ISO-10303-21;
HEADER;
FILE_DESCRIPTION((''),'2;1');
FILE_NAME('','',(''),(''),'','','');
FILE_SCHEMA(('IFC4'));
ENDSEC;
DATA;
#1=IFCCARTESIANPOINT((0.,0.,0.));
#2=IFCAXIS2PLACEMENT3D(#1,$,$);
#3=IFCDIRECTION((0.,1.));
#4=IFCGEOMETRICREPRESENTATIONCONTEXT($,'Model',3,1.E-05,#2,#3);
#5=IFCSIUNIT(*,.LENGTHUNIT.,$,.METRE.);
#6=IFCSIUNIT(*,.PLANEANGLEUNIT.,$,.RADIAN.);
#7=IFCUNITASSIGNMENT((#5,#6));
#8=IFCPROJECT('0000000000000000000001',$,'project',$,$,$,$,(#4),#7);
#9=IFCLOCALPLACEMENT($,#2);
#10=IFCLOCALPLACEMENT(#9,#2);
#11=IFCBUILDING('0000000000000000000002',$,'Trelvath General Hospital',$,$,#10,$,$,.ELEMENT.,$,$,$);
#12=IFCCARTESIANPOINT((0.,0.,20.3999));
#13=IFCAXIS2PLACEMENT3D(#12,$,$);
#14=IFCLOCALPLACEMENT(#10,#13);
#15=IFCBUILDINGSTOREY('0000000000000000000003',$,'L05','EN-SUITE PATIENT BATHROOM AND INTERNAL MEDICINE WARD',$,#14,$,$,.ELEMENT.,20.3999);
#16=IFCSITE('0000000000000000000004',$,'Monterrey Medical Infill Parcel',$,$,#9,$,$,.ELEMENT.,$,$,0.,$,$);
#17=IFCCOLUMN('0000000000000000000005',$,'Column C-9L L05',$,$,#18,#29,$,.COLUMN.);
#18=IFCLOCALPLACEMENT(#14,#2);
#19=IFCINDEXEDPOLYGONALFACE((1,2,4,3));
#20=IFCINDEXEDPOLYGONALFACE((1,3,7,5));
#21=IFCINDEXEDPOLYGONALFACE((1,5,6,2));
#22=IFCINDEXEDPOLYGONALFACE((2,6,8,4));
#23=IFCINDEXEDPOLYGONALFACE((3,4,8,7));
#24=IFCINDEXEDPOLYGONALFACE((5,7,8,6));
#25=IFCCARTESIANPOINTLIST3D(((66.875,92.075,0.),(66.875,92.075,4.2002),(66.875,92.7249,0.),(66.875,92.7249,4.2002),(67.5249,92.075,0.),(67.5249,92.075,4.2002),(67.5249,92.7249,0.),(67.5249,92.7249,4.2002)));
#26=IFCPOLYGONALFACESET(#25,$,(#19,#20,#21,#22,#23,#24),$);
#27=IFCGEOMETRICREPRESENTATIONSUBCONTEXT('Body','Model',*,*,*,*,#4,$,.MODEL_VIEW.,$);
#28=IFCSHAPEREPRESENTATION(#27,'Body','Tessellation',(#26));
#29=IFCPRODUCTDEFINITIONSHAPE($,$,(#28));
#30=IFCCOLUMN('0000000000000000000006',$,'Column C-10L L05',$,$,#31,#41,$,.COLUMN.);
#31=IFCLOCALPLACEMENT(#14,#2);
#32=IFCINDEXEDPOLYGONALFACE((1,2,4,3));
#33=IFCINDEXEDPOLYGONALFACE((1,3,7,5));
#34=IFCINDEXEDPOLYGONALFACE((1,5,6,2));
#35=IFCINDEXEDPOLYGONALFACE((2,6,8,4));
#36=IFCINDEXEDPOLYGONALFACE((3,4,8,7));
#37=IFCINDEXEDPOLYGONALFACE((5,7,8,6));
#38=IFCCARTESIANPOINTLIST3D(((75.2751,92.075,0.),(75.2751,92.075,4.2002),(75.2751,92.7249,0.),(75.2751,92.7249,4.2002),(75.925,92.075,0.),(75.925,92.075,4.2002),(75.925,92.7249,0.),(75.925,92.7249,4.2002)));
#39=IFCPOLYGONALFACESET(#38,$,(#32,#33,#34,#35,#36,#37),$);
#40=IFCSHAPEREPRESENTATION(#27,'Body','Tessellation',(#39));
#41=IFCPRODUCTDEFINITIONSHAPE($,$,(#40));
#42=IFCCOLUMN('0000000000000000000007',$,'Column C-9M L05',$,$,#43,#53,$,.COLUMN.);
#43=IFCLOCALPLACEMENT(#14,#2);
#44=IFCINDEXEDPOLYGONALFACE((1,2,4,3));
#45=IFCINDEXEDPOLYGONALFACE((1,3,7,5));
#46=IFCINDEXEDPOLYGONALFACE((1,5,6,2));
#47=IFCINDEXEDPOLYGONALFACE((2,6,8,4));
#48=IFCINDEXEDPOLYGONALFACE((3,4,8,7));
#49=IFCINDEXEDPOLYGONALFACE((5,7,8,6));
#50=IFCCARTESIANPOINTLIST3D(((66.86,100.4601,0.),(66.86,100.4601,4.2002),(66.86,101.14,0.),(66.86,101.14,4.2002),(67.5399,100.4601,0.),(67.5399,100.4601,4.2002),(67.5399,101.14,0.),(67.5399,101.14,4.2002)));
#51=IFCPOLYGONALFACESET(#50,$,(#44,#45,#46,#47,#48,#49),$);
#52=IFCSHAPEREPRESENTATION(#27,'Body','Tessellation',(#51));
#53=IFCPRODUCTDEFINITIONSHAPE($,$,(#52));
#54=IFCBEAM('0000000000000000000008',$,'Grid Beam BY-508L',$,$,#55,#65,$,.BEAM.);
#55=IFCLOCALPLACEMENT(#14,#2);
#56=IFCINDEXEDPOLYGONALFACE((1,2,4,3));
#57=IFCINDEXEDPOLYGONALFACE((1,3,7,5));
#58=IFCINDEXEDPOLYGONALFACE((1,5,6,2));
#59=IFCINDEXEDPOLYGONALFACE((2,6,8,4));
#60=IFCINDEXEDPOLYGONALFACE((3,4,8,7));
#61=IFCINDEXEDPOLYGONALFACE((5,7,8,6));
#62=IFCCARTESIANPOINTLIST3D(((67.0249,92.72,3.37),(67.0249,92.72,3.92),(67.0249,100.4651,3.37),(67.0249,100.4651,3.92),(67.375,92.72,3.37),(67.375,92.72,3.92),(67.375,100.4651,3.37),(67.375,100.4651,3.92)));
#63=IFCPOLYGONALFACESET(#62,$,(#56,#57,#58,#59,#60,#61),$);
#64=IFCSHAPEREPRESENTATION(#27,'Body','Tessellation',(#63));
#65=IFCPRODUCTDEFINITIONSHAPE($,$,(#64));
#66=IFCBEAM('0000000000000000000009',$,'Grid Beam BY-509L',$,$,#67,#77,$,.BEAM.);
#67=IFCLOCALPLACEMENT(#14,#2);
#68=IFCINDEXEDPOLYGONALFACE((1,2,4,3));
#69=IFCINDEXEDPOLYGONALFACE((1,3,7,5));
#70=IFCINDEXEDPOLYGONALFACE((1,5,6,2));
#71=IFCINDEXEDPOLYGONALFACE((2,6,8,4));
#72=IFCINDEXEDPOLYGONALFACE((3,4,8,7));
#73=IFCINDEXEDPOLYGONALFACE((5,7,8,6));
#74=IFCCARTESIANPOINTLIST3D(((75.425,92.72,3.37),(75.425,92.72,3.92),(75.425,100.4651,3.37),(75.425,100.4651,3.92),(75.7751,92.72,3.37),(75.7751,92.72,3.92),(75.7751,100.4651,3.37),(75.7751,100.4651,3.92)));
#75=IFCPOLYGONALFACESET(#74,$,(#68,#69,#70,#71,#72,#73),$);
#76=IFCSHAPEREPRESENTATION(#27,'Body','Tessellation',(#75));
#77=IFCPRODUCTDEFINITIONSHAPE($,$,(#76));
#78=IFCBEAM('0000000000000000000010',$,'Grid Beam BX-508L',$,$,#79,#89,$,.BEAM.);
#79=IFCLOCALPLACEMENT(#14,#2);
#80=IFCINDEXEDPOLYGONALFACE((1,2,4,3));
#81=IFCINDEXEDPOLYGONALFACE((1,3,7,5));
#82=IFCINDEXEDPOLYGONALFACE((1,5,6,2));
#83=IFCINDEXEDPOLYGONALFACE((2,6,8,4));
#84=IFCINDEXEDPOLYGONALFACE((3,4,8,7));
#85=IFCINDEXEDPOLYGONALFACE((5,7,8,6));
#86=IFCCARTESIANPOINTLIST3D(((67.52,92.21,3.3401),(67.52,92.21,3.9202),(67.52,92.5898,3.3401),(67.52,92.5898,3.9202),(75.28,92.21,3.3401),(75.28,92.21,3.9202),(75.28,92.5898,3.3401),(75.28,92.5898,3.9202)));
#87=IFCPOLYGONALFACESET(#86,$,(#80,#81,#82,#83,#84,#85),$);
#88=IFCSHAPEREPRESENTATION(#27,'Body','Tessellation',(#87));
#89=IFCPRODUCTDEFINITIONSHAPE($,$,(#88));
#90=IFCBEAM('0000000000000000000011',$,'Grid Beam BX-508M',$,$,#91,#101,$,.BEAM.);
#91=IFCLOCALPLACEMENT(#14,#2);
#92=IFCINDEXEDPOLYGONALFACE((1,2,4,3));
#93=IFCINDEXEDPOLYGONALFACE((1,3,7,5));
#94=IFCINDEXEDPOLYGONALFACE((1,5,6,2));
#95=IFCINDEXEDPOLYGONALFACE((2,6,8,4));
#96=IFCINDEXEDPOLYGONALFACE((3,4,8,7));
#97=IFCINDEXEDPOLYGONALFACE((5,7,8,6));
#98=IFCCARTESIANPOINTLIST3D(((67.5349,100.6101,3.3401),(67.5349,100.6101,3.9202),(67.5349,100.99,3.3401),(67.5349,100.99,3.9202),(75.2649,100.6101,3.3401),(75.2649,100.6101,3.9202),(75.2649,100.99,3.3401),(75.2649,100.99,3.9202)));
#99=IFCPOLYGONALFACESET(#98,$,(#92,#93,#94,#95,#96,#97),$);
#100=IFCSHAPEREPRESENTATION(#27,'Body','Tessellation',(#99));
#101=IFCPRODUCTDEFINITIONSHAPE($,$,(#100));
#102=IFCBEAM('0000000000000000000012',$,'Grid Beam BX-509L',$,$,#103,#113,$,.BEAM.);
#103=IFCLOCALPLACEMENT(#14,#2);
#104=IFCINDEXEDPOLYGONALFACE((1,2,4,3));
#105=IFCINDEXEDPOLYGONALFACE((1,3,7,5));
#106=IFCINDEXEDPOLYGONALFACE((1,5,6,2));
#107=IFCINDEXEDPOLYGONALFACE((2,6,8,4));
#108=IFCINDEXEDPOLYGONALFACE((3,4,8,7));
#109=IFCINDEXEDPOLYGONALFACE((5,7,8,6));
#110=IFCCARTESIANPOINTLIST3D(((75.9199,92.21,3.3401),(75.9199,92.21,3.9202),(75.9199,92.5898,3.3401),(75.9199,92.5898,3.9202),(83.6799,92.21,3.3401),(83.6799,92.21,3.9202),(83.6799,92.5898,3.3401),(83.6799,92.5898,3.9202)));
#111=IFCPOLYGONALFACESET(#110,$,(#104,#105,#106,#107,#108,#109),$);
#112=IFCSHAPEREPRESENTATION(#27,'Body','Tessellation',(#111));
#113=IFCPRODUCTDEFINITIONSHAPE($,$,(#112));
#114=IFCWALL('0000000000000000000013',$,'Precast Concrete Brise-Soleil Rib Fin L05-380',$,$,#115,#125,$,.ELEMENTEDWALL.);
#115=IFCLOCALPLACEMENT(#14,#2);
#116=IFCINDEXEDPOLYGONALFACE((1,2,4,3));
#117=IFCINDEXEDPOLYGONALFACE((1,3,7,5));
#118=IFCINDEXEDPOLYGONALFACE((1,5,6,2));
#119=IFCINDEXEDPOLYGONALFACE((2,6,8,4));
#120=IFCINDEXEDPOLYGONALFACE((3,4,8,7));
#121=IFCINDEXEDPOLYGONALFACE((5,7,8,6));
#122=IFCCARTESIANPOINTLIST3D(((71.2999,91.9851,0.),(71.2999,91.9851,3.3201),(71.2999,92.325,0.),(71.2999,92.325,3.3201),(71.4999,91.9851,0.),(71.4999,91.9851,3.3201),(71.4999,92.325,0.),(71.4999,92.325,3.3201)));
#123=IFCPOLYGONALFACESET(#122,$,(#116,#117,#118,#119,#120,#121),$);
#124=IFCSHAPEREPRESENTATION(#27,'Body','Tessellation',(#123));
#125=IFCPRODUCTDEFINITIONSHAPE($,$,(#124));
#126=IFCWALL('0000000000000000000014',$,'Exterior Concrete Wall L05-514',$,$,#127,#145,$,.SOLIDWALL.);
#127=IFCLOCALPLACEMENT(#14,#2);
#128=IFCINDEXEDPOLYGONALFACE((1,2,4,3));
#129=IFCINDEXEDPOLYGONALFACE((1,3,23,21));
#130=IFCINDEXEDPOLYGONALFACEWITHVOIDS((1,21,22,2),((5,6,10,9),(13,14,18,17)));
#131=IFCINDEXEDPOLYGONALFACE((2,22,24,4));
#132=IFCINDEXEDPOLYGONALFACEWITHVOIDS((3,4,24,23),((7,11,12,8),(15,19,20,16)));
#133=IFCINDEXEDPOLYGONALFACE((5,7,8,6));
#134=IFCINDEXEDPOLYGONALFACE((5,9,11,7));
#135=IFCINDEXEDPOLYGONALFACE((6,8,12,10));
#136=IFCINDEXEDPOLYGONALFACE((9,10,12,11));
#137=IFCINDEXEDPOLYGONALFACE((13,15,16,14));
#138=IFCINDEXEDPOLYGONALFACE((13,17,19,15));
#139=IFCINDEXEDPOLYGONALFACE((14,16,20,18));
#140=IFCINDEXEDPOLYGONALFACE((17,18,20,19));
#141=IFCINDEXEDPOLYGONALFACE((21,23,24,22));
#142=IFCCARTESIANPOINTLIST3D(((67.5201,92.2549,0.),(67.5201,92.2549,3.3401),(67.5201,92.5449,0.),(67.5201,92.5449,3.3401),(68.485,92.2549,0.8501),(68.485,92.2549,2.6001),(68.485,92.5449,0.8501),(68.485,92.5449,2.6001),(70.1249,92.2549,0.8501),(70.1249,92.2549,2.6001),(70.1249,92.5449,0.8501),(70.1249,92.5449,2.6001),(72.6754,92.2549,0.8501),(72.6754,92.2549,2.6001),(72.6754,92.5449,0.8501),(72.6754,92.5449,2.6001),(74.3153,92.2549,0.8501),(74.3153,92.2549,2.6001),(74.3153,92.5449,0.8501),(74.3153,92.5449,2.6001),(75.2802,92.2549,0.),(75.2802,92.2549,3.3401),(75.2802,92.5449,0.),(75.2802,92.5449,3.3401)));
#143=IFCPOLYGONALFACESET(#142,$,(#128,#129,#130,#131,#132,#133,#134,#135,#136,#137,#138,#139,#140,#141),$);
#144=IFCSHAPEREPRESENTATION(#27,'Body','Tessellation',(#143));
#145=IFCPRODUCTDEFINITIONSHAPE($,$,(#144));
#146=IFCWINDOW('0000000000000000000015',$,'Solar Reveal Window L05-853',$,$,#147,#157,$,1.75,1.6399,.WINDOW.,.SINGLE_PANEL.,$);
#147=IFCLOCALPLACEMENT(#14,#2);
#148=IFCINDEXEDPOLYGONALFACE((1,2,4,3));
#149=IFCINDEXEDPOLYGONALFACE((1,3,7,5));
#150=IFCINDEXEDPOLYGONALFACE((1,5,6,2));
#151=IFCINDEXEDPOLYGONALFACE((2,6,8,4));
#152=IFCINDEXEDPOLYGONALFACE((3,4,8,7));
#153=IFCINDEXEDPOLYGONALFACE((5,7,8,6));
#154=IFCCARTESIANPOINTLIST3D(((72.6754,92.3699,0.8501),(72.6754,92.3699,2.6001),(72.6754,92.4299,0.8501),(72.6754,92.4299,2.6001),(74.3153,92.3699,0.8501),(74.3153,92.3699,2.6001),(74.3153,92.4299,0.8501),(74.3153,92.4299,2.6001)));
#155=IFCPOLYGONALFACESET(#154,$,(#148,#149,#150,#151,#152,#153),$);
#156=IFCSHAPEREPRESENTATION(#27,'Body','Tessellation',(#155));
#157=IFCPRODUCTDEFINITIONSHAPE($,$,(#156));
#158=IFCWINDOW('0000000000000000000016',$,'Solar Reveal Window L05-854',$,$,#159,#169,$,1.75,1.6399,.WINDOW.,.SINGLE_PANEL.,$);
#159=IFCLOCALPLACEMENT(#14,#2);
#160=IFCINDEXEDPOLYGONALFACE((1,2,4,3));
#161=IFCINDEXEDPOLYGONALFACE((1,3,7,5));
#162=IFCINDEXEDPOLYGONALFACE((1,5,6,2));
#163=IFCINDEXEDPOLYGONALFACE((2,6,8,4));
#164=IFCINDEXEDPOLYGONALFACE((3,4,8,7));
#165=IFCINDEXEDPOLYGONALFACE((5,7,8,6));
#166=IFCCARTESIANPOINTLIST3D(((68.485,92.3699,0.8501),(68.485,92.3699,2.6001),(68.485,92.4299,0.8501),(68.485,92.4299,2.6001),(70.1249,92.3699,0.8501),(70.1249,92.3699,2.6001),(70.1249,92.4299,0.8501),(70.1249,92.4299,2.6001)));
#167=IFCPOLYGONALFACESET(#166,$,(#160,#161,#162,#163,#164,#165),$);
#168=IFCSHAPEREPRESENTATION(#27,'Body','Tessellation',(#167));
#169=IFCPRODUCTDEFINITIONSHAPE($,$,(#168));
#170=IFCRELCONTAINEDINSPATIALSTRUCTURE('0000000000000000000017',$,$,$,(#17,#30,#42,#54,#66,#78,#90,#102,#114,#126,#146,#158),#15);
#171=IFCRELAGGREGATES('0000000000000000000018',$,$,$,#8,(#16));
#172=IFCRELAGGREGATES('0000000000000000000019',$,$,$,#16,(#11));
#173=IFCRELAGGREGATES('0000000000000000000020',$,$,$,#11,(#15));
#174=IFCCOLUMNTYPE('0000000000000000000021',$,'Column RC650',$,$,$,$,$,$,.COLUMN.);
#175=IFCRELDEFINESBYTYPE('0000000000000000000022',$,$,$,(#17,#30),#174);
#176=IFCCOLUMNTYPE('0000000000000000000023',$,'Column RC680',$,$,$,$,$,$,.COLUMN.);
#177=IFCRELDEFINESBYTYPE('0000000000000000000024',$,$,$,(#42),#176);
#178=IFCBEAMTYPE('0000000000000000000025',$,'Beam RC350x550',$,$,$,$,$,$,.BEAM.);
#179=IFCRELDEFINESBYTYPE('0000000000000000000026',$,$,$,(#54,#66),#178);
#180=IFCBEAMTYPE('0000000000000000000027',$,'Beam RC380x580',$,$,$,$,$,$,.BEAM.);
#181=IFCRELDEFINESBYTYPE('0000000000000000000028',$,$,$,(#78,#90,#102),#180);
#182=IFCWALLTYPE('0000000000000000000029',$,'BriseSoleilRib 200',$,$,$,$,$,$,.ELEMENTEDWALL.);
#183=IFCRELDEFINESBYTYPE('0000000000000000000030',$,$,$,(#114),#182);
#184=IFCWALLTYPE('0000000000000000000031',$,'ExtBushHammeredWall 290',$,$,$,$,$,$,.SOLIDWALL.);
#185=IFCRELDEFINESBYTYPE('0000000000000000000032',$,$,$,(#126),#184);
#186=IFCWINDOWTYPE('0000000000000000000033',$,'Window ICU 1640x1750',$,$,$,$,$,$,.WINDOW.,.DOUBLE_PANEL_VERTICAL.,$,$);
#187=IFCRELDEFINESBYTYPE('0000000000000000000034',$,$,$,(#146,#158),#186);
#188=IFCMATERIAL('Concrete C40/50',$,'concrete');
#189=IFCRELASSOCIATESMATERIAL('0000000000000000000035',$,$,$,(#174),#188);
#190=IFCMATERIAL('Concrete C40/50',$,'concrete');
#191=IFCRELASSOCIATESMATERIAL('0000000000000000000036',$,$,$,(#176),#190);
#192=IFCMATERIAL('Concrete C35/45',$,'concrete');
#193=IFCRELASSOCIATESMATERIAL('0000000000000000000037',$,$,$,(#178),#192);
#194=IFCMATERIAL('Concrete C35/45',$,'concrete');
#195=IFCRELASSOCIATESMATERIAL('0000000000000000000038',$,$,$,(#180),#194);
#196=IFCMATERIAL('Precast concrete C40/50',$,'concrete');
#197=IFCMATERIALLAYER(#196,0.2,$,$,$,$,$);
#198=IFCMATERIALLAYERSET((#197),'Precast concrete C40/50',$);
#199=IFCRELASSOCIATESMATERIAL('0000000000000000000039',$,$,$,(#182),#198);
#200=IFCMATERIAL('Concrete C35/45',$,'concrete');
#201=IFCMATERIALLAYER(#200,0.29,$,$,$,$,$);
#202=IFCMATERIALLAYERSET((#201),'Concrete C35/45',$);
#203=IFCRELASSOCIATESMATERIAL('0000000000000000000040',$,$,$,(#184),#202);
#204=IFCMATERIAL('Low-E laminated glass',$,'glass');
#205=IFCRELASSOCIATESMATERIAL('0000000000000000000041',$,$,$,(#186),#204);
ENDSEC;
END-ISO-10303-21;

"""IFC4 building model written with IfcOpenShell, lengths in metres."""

from ifc_helpers import new_model, si_unit, direction, frame, frame_2d, origin, origin_2d, place, context, subcontext, project, spatial, rectangle, extrude, material, layer, layer_set, material_profile, profile_set, type_object, element, fill, save


model = new_model("IFC4")

# Units and contexts
model_context = context("Model", 3, precision=1e-05, world=origin(), true_north=direction((0.0, 1.0)))
body_context = subcontext(model_context, "Body", "Model", "MODEL_VIEW")
ifc_project = project(units=[si_unit("LENGTHUNIT", "METRE"), si_unit("PLANEANGLEUNIT", "RADIAN")], contexts=[model_context])

# Site, building, storey
site_placement = place(None, origin())
site = spatial("IfcSite", under=ifc_project, at=site_placement, Name="Monterrey Medical Infill Parcel", CompositionType="ELEMENT", RefElevation=0.0)
building_placement = place(site_placement, origin())
building = spatial("IfcBuilding", under=site, at=building_placement, Name="Trelvath General Hospital", CompositionType="ELEMENT")
storey_placement = place(building_placement, frame((0.0, 0.0, 20.3999)))
storey = spatial("IfcBuildingStorey", under=building, at=storey_placement, Name="L05", Description="EN-SUITE PATIENT BATHROOM AND INTERNAL MEDICINE WARD", CompositionType="ELEMENT", Elevation=20.3999)

# Columns
ifc_material_1 = material(Name="Concrete C40/50", Category="concrete")
ifc_material_profile_1 = material_profile(ifc_material_1, rectangle(XDim=0.6499, YDim=0.6499, at=origin_2d()), Name="RC650x650")
ifc_profile_set_1 = profile_set([ifc_material_profile_1], Name="Concrete C40/50")
column_type_1 = type_object("IfcColumnType", Name="Column RC650", PredefinedType="COLUMN", material=ifc_profile_set_1)
for number, where, z_axis, x_axis, name in (
    (1, (67.2, 92.3999, 0.0), (0.0, 0.0, 1.0), (1.0, 0.0, 0.0), "Column C-9L L05"),
    (2, (75.6001, 92.3999, 0.0), (0.0, 0.0, 1.0), (1.0, 0.0, 0.0), "Column C-10L L05"),
):
    element("IfcColumn", number, at=place(storey_placement, frame(where, z_axis=z_axis, x_axis=x_axis)), inside=storey, type_object=column_type_1, Name=name, PredefinedType="COLUMN", context=body_context, shape_type="SweptSolid", body=[
        extrude(rectangle(XDim=0.6499, YDim=0.6499, at=origin_2d()), origin(), (0.0, 0.0, 1.0), 4.2002),
    ])
ifc_material_2 = material(Name="Concrete C40/50", Category="concrete")
ifc_material_profile_2 = material_profile(ifc_material_2, rectangle(XDim=0.6799, YDim=0.6799, at=origin_2d()), Name="RC680x680")
ifc_profile_set_2 = profile_set([ifc_material_profile_2], Name="Concrete C40/50")
column_type_2 = type_object("IfcColumnType", Name="Column RC680", PredefinedType="COLUMN", material=ifc_profile_set_2)
column_placement = place(storey_placement, frame((67.2, 100.8, 0.0), z_axis=(0.0, 0.0, 1.0), x_axis=(1.0, 0.0, 0.0)))
element("IfcColumn", 3, at=column_placement, inside=storey, type_object=column_type_2, Name="Column C-9M L05", PredefinedType="COLUMN", context=body_context, shape_type="SweptSolid", body=[
    extrude(rectangle(XDim=0.6799, YDim=0.6799, at=origin_2d()), origin(), (0.0, 0.0, 1.0), 4.2002),
])

# Beams
ifc_material_3 = material(Name="Concrete C35/45", Category="concrete")
ifc_material_profile_3 = material_profile(ifc_material_3, rectangle(XDim=0.3501, YDim=0.55, at=origin_2d()), Name="RCB350x550")
ifc_profile_set_3 = profile_set([ifc_material_profile_3], Name="Concrete C35/45")
beam_type_1 = type_object("IfcBeamType", Name="Beam RC350x550", PredefinedType="BEAM", material=ifc_profile_set_3)
for number, where, z_axis, x_axis, name in (
    (4, (67.2, 92.72, 3.645), (0.0, 1.0, 0.0), (-1.0, 0.0, 0.0), "Grid Beam BY-508L"),
    (5, (75.6001, 92.72, 3.645), (0.0, 1.0, 0.0), (-1.0, 0.0, 0.0), "Grid Beam BY-509L"),
):
    element("IfcBeam", number, at=place(storey_placement, frame(where, z_axis=z_axis, x_axis=x_axis)), inside=storey, type_object=beam_type_1, Name=name, PredefinedType="BEAM", context=body_context, shape_type="SweptSolid", body=[
        extrude(rectangle(XDim=0.3501, YDim=0.55, at=origin_2d()), origin(), (0.0, 0.0, 1.0), 7.7451),
    ])
ifc_material_4 = material(Name="Concrete C35/45", Category="concrete")
ifc_material_profile_4 = material_profile(ifc_material_4, rectangle(XDim=0.3799, YDim=0.5801, at=origin_2d()), Name="RCB380x580")
ifc_profile_set_4 = profile_set([ifc_material_profile_4], Name="Concrete C35/45")
beam_type_2 = type_object("IfcBeamType", Name="Beam RC380x580", PredefinedType="BEAM", material=ifc_profile_set_4)
beam_1_placement = place(storey_placement, frame((67.52, 92.3999, 3.6301), z_axis=(1.0, 0.0, 0.0), x_axis=(0.0, 1.0, 0.0)))
element("IfcBeam", 6, at=beam_1_placement, inside=storey, type_object=beam_type_2, Name="Grid Beam BX-508L", PredefinedType="BEAM", context=body_context, shape_type="SweptSolid", body=[
    extrude(rectangle(XDim=0.3799, YDim=0.5801, at=origin_2d()), origin(), (0.0, 0.0, 1.0), 7.76),
])
beam_2_placement = place(storey_placement, frame((67.5349, 100.8, 3.6301), z_axis=(1.0, 0.0, 0.0), x_axis=(0.0, 1.0, 0.0)))
element("IfcBeam", 7, at=beam_2_placement, inside=storey, type_object=beam_type_2, Name="Grid Beam BX-508M", PredefinedType="BEAM", context=body_context, shape_type="SweptSolid", body=[
    extrude(rectangle(XDim=0.3799, YDim=0.5801, at=origin_2d()), origin(), (0.0, 0.0, 1.0), 7.73),
])
beam_3_placement = place(storey_placement, frame((75.9199, 92.3999, 3.6301), z_axis=(1.0, 0.0, 0.0), x_axis=(0.0, 1.0, 0.0)))
element("IfcBeam", 8, at=beam_3_placement, inside=storey, type_object=beam_type_2, Name="Grid Beam BX-509L", PredefinedType="BEAM", context=body_context, shape_type="SweptSolid", body=[
    extrude(rectangle(XDim=0.3799, YDim=0.5801, at=origin_2d()), origin(), (0.0, 0.0, 1.0), 7.76),
])

# Wall
ifc_material_5 = material(Name="Precast concrete C40/50", Category="concrete")
ifc_layer_1 = layer(ifc_material_5, 0.2)
ifc_layer_set_1 = layer_set([ifc_layer_1], Name="Precast concrete C40/50")
wall_type_1 = type_object("IfcWallType", Name="BriseSoleilRib 200", PredefinedType="ELEMENTEDWALL", material=ifc_layer_set_1)
wall_1_placement = place(storey_placement, frame((71.3999, 92.325, 0.0), z_axis=(0.0, 0.0, 1.0), x_axis=(0.0, -1.0, 0.0)))
element("IfcWall", 9, at=wall_1_placement, inside=storey, type_object=wall_type_1, Name="Precast Concrete Brise-Soleil Rib Fin L05-380", PredefinedType="ELEMENTEDWALL", context=body_context, shape_type="SweptSolid", body=[
    extrude(rectangle(XDim=0.3398, YDim=0.2, at=frame_2d((0.1699, 0.0))), origin(), (0.0, 0.0, 1.0), 3.3201),
])

# Wall, openings, windows
ifc_material_6 = material(Name="Concrete C35/45", Category="concrete")
ifc_layer_2 = layer(ifc_material_6, 0.29)
ifc_layer_set_2 = layer_set([ifc_layer_2], Name="Concrete C35/45")
wall_type_2 = type_object("IfcWallType", Name="ExtBushHammeredWall 290", PredefinedType="SOLIDWALL", material=ifc_layer_set_2)
wall_2_placement = place(storey_placement, frame((75.28, 92.3999, 0.0), z_axis=(0.0, 0.0, 1.0), x_axis=(-1.0, 0.0, 0.0)))
wall_2 = element("IfcWall", 10, at=wall_2_placement, inside=storey, type_object=wall_type_2, Name="Exterior Concrete Wall L05-514", PredefinedType="SOLIDWALL", context=body_context, shape_type="SweptSolid", body=[
    extrude(rectangle(XDim=7.76, YDim=0.29, at=frame_2d((3.8799, 0.0))), origin(), (0.0, 0.0, 1.0), 3.3401),
])
opening_1_placement = place(wall_2_placement, frame((0.9648, 0.0, 0.8501)))
opening_1 = element("IfcOpeningElement", 11, at=opening_1_placement, cuts=wall_2, PredefinedType="OPENING", context=body_context, shape_type="SweptSolid", body=[
    extrude(rectangle(XDim=1.6399, YDim=1.75, at=frame_2d((0.8198, 0.875))), frame((0.0, 0.155, 0.0), z_axis=(0.0, -1.0, 0.0), x_axis=(1.0, 0.0, 0.0)), (0.0, 0.0, 1.0), 0.3101),
])
opening_2_placement = place(wall_2_placement, frame((5.1553, 0.0, 0.8501)))
opening_2 = element("IfcOpeningElement", 12, at=opening_2_placement, cuts=wall_2, PredefinedType="OPENING", context=body_context, shape_type="SweptSolid", body=[
    extrude(rectangle(XDim=1.6399, YDim=1.75, at=frame_2d((0.8198, 0.875))), frame((0.0, 0.155, 0.0), z_axis=(0.0, -1.0, 0.0), x_axis=(1.0, 0.0, 0.0)), (0.0, 0.0, 1.0), 0.3101),
])
ifc_material_7 = material(Name="Low-E laminated glass", Category="glass")
window_type = type_object("IfcWindowType", Name="Window ICU 1640x1750", PartitioningType="DOUBLE_PANEL_VERTICAL", PredefinedType="WINDOW", material=ifc_material_7)
window_1_placement = place(opening_1_placement, origin())
window_1 = element("IfcWindow", 13, at=window_1_placement, inside=storey, type_object=window_type, Name="Solar Reveal Window L05-853", OverallHeight=1.75, OverallWidth=1.6399, PartitioningType="SINGLE_PANEL", PredefinedType="WINDOW", context=body_context, shape_type="SweptSolid", body=[
    extrude(rectangle(XDim=1.6399, YDim=1.75, at=frame_2d((0.8198, 0.875))), frame((0.0, 0.03, 0.0), z_axis=(0.0, -1.0, 0.0), x_axis=(1.0, 0.0, 0.0)), (0.0, 0.0, 1.0), 0.0601),
])
fill(opening_1, window_1)
window_2_placement = place(opening_2_placement, origin())
window_2 = element("IfcWindow", 14, at=window_2_placement, inside=storey, type_object=window_type, Name="Solar Reveal Window L05-854", OverallHeight=1.75, OverallWidth=1.6399, PartitioningType="SINGLE_PANEL", PredefinedType="WINDOW", context=body_context, shape_type="SweptSolid", body=[
    extrude(rectangle(XDim=1.6399, YDim=1.75, at=frame_2d((0.8198, 0.875))), frame((0.0, 0.03, 0.0), z_axis=(0.0, -1.0, 0.0), x_axis=(1.0, 0.0, 0.0)), (0.0, 0.0, 1.0), 0.0601),
])
fill(opening_2, window_2)

save(model, "model.ifc")
